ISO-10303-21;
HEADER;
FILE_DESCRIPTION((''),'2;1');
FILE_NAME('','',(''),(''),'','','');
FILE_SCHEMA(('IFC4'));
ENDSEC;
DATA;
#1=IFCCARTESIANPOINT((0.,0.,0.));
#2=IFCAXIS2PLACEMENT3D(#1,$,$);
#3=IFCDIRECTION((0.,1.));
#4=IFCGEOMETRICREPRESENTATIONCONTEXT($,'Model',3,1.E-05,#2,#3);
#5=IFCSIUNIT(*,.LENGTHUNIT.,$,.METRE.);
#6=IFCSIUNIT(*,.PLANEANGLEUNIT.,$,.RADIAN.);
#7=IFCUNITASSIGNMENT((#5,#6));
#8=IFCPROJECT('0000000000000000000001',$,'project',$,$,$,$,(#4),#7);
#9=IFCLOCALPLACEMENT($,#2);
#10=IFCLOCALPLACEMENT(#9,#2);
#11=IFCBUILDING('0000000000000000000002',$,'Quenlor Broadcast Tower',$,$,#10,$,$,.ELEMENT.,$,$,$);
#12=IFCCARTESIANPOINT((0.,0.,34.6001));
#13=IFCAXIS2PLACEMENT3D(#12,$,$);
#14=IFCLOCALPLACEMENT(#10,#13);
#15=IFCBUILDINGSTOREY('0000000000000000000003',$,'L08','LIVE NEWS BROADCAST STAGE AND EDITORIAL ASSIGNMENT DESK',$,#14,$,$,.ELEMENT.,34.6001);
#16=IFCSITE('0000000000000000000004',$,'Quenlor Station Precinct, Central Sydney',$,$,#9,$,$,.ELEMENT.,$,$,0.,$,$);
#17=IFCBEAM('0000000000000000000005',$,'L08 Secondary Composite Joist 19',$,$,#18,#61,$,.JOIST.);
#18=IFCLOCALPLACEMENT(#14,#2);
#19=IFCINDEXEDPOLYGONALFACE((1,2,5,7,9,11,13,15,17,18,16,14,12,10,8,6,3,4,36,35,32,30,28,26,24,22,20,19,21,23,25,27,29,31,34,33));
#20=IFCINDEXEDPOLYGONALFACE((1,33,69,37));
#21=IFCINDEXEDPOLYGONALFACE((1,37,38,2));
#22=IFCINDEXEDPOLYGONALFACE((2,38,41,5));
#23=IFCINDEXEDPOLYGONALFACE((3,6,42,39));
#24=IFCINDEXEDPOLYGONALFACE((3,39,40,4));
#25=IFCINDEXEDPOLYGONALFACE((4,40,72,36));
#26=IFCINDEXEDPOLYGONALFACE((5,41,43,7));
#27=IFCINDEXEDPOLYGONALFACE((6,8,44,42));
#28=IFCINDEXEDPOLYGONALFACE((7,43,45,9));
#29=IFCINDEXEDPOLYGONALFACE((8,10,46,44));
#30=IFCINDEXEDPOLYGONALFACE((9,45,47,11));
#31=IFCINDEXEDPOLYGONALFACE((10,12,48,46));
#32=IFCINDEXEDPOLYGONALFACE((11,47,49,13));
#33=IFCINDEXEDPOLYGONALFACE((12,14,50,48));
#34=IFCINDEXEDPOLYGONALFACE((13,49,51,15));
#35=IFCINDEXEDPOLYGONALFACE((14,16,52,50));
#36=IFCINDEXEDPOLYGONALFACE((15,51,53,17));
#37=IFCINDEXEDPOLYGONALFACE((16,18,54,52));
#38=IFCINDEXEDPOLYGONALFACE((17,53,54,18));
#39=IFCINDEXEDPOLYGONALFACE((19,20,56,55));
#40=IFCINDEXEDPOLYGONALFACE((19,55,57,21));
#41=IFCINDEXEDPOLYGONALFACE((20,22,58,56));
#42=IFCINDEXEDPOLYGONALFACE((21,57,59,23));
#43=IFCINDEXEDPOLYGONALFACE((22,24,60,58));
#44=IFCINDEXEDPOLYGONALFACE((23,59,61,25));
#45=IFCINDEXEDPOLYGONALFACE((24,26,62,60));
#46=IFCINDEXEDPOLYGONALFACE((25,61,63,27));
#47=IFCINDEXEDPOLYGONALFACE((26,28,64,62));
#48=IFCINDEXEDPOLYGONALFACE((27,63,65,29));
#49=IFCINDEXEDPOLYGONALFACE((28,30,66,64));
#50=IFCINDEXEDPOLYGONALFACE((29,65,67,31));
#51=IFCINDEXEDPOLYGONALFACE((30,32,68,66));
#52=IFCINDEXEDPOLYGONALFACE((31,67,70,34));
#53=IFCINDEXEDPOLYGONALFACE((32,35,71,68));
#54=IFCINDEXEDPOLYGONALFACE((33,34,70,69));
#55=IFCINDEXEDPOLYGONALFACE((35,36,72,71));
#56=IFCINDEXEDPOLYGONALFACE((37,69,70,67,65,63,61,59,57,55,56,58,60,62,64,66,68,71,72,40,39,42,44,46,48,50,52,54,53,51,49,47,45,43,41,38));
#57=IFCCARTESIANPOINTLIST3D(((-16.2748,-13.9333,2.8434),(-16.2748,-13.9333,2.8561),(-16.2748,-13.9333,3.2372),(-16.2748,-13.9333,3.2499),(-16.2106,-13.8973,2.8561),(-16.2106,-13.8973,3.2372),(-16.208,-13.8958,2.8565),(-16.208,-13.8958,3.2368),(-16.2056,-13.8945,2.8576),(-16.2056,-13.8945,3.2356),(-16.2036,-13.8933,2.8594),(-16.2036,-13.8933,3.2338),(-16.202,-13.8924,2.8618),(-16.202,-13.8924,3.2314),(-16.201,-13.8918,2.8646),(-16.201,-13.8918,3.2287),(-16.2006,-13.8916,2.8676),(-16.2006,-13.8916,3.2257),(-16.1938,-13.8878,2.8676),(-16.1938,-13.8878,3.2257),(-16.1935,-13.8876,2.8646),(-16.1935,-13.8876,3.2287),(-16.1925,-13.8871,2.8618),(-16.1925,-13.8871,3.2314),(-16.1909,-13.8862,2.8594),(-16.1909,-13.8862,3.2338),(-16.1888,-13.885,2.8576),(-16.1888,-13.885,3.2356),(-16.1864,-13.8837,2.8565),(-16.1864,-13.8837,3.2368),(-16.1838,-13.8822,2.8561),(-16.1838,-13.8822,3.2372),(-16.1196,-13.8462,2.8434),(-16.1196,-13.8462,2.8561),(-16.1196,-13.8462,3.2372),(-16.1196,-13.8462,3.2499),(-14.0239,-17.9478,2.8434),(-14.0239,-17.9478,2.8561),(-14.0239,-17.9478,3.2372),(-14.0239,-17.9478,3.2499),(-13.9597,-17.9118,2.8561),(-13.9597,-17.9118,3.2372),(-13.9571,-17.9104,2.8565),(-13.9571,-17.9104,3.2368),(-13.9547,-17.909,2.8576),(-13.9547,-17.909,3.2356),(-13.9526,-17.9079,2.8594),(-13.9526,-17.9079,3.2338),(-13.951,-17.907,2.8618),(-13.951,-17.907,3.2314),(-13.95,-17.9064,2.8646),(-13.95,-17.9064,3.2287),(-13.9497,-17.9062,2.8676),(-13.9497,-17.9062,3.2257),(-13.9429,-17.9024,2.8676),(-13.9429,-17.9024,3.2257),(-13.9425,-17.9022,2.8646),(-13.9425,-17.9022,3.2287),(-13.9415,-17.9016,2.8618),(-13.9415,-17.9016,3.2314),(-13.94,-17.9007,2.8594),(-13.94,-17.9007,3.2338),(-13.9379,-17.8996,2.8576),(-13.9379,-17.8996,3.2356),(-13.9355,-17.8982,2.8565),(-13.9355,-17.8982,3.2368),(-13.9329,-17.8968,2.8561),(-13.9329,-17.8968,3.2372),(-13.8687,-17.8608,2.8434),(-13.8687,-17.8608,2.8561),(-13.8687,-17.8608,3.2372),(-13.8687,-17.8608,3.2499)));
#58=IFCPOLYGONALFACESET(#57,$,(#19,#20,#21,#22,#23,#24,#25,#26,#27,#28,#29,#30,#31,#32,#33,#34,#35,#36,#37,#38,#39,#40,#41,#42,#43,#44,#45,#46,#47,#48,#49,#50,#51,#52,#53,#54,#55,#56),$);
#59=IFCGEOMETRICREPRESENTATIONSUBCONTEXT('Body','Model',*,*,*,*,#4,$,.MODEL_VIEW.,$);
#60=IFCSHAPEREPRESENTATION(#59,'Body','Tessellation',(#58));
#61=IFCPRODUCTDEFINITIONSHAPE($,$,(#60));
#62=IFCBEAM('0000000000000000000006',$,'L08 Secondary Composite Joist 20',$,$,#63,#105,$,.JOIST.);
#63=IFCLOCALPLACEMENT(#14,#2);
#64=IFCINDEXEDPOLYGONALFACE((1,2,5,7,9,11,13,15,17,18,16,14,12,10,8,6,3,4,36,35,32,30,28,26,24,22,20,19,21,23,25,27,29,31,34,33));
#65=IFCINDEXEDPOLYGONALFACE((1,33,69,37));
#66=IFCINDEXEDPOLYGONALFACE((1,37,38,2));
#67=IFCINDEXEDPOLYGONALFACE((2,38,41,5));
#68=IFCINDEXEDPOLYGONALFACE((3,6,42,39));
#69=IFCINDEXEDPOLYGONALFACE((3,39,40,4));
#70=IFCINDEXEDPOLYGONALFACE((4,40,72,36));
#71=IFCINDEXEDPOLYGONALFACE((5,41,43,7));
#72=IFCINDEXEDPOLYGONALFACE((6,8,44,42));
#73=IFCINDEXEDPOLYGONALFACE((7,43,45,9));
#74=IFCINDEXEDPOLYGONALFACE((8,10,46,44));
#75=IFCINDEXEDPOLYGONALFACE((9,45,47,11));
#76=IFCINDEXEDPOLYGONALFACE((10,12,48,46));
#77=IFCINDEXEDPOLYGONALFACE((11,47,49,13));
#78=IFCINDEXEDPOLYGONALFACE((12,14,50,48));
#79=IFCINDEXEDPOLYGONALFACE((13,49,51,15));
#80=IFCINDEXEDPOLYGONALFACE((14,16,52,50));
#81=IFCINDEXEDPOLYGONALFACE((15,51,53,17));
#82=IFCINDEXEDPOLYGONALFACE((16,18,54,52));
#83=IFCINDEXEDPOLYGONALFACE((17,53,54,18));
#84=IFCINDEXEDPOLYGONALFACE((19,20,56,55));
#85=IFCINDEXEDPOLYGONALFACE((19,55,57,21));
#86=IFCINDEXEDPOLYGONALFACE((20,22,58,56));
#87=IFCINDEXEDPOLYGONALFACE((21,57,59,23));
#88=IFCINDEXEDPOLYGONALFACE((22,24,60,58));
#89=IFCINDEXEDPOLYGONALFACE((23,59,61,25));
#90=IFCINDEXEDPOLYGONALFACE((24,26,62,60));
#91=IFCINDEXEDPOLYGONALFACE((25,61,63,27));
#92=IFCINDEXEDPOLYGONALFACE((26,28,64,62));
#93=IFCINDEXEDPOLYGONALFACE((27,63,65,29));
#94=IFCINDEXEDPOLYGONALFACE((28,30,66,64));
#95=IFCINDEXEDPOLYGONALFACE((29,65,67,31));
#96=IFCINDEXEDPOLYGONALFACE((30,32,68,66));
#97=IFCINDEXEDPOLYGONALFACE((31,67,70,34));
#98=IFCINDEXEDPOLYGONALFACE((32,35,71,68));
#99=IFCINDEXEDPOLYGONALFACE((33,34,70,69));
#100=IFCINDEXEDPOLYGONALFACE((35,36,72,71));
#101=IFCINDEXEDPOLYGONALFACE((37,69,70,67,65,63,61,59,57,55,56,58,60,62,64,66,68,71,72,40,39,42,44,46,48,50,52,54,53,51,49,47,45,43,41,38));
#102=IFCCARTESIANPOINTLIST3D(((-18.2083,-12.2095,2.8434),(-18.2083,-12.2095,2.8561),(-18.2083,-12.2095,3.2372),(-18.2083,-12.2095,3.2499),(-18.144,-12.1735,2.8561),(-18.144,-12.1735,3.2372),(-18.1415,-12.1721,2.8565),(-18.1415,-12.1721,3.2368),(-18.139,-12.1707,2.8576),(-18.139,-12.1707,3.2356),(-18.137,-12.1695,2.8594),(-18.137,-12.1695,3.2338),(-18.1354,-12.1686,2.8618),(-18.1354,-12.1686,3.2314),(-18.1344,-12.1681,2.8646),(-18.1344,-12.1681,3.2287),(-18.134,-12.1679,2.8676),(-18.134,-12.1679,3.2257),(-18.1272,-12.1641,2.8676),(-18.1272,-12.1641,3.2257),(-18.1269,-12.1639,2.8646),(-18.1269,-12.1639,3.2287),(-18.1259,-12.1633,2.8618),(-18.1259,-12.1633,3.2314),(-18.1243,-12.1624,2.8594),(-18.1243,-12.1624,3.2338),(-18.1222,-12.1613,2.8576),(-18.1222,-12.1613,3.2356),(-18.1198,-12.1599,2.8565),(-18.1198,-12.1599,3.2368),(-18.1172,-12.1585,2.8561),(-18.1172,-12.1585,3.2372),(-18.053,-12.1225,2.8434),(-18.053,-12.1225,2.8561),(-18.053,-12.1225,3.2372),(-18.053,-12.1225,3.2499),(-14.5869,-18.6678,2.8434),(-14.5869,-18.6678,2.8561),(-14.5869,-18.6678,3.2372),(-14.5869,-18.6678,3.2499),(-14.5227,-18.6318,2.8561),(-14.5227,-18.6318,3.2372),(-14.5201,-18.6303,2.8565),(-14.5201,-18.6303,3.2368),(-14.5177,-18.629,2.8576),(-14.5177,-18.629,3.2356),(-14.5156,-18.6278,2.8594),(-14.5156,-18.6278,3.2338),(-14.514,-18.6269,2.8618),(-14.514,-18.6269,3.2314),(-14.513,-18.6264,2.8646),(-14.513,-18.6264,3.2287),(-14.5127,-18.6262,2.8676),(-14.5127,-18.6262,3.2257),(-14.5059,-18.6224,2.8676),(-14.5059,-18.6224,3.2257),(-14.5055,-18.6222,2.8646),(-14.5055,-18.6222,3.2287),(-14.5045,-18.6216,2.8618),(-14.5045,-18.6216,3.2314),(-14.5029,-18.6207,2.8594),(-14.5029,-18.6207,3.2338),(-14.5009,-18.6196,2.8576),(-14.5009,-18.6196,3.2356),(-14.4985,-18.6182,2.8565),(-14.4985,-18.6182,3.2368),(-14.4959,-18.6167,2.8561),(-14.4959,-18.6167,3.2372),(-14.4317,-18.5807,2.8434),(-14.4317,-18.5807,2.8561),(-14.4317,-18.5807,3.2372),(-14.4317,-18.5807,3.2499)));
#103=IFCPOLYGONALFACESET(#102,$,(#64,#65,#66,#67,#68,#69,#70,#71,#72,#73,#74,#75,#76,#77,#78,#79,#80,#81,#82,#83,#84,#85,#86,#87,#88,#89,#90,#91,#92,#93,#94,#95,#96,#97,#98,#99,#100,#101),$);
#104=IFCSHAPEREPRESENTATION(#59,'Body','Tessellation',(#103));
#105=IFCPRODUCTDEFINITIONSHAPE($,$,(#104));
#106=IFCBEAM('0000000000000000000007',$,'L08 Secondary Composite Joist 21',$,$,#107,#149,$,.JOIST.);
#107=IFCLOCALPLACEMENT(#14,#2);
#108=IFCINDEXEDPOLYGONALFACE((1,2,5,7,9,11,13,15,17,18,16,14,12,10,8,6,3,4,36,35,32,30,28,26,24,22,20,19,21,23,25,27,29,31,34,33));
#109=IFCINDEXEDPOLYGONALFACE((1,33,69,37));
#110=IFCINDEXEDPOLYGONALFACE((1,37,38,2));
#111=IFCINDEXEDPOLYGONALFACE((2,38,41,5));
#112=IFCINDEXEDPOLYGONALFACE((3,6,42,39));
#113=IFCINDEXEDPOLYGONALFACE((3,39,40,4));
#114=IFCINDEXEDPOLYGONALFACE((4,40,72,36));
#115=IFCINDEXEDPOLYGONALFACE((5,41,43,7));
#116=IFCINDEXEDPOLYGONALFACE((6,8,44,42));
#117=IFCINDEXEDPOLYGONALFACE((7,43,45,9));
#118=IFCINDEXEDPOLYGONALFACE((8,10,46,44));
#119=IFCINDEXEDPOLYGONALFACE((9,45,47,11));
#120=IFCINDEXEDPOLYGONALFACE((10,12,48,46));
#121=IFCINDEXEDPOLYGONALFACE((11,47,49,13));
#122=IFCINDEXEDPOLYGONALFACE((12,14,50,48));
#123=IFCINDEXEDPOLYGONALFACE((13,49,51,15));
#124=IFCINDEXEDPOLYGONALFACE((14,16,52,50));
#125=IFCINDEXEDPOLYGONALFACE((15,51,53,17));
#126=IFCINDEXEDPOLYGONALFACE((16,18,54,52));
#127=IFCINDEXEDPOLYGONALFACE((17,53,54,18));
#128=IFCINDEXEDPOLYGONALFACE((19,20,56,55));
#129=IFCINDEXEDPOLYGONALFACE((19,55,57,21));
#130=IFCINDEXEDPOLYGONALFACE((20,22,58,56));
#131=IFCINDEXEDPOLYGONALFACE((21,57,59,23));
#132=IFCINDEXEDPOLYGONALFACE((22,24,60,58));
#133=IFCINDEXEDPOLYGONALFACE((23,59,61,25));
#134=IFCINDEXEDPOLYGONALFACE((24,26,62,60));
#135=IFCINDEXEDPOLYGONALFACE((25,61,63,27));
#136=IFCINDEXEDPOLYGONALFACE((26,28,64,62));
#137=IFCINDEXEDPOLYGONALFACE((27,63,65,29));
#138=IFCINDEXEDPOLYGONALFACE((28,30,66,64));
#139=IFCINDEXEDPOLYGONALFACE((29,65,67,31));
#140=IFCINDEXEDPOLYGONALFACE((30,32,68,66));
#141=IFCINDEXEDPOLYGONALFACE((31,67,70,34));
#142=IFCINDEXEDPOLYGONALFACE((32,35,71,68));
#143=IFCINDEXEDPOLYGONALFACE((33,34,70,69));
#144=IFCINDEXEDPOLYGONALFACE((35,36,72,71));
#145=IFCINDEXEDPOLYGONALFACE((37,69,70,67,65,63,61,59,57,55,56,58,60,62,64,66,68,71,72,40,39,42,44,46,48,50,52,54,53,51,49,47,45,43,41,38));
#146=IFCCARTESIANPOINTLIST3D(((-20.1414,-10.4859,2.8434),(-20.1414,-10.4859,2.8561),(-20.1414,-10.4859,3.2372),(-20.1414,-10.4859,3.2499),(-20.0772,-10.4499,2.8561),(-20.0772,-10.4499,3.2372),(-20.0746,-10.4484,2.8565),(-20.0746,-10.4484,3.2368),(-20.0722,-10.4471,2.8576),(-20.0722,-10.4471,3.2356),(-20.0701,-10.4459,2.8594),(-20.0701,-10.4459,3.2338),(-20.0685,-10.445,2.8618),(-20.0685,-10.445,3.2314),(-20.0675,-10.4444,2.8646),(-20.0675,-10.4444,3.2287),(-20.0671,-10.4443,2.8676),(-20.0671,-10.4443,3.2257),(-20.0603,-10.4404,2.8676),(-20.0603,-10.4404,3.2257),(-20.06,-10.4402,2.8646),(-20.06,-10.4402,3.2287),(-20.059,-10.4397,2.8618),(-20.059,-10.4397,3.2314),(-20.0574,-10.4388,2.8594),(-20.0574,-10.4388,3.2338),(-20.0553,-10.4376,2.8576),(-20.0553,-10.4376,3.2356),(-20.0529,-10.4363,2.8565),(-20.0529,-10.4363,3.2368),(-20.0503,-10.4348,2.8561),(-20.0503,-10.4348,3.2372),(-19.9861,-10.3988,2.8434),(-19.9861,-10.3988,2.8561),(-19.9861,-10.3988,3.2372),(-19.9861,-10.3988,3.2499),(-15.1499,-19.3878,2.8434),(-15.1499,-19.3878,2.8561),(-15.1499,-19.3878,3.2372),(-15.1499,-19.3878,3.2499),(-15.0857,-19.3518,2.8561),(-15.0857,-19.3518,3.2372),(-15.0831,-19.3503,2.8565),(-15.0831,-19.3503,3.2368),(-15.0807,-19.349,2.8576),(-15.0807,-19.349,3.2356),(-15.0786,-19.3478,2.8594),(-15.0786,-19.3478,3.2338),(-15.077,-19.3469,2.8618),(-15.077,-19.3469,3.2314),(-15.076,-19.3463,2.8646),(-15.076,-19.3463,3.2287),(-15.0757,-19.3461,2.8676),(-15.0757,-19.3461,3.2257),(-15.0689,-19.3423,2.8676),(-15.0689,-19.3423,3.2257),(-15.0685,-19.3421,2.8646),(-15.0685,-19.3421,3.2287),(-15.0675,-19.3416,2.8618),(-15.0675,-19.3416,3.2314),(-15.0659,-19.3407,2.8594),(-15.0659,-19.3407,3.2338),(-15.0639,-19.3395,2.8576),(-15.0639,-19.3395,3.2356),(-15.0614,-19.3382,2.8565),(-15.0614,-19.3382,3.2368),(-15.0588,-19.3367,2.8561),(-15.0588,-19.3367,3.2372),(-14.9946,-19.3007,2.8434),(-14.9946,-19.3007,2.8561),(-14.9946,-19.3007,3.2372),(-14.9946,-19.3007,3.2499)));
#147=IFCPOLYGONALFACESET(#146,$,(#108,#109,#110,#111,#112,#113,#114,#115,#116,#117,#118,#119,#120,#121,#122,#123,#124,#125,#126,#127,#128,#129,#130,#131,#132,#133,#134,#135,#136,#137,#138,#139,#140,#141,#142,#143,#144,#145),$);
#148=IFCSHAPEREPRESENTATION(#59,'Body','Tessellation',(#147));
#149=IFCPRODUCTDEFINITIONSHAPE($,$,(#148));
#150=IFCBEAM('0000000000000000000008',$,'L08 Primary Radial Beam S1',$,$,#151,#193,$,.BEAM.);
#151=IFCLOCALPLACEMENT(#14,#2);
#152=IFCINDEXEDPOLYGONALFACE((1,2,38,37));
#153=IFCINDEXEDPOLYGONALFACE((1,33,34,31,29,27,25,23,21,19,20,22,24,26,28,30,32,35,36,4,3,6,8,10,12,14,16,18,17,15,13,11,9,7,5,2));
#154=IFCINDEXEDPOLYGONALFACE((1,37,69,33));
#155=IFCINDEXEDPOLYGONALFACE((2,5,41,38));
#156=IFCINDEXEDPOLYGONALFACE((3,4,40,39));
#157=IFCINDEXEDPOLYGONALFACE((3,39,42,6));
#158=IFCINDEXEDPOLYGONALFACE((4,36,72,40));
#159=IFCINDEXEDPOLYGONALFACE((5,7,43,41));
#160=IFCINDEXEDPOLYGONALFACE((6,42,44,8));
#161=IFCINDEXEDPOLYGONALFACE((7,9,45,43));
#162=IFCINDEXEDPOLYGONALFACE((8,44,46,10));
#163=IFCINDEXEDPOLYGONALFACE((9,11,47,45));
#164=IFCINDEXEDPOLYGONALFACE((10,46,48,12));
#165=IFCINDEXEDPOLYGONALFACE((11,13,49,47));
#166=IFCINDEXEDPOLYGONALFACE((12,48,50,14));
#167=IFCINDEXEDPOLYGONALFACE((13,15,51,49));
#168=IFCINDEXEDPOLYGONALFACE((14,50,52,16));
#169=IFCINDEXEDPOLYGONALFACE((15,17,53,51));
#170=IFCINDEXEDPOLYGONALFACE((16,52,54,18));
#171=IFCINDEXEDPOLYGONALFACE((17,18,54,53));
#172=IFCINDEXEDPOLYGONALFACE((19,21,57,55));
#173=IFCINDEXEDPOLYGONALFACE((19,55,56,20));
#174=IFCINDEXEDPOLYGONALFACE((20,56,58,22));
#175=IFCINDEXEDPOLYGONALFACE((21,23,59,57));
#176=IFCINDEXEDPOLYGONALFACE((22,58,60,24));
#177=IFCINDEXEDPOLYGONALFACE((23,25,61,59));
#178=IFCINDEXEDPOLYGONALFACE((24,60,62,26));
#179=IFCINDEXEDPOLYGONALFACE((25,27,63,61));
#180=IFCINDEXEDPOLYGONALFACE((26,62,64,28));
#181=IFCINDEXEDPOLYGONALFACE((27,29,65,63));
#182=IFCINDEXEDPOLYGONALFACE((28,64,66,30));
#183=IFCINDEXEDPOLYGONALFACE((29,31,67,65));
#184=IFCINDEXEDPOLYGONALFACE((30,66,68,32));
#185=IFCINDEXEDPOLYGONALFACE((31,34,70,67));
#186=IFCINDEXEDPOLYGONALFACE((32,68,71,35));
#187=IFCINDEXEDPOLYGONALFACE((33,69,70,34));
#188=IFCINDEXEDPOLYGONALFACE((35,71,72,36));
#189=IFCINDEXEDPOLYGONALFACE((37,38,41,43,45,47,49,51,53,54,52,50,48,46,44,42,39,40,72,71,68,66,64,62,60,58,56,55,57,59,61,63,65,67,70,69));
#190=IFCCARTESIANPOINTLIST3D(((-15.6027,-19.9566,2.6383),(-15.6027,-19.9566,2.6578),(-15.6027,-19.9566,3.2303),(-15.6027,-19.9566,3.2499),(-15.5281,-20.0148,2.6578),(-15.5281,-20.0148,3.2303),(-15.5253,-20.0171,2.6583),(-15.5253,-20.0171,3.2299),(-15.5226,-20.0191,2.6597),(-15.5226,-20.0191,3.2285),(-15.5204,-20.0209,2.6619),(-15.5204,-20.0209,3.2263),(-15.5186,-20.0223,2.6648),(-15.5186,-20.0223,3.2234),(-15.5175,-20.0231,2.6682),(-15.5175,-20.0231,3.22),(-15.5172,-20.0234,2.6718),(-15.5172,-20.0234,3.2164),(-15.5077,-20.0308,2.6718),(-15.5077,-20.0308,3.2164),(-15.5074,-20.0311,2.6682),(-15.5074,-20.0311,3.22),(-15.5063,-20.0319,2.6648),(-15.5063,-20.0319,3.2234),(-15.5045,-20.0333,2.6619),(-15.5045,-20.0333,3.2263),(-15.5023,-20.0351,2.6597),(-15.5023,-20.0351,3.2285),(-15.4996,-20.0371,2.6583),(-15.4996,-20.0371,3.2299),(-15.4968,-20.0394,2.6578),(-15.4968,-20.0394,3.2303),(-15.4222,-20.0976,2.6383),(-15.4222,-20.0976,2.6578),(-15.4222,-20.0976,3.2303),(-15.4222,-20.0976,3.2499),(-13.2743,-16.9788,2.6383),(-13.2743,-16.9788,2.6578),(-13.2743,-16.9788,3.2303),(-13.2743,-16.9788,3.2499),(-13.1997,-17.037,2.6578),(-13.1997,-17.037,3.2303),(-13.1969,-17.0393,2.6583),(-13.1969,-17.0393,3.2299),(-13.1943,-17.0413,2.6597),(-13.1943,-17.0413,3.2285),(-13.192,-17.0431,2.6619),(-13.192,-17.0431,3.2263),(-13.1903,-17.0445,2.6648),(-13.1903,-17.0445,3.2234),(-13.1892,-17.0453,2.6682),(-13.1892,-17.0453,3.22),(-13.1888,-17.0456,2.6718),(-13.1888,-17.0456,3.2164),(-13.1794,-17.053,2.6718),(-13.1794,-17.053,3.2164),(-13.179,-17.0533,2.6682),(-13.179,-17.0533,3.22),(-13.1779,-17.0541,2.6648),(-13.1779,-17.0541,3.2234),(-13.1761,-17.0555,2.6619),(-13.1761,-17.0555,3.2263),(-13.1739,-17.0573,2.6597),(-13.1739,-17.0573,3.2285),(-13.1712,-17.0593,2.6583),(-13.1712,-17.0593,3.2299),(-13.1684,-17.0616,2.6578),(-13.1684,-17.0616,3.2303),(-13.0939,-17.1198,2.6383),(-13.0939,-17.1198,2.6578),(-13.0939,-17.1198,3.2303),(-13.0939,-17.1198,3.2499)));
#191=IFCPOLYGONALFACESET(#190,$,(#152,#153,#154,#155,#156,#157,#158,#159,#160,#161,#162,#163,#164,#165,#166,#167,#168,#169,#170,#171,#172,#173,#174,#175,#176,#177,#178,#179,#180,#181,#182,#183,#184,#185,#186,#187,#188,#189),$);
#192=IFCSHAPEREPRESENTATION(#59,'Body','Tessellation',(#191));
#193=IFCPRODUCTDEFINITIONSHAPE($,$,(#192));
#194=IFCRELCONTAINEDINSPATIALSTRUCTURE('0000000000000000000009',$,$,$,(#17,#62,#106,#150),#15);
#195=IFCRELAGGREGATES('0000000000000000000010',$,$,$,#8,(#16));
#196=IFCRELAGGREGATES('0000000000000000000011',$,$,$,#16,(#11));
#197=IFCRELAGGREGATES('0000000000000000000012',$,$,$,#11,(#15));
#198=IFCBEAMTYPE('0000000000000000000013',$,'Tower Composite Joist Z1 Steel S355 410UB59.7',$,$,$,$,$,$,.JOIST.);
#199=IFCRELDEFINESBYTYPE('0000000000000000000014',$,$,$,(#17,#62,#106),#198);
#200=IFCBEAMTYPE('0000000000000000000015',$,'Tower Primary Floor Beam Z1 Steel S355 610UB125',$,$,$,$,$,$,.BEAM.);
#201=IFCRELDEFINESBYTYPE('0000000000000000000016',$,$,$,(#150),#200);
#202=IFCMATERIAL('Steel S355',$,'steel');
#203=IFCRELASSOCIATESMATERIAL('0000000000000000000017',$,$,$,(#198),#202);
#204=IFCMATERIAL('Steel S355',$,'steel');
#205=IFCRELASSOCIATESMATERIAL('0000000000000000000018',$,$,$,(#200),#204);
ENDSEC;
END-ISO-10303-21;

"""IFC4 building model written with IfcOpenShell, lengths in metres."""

from ifc_helpers import new_model, si_unit, direction, frame, origin, origin_2d, place, context, subcontext, project, spatial, i_section, extrude, material, material_profile, profile_set, type_object, element, save


model = new_model("IFC4")

# Units and contexts
model_context = context("Model", 3, precision=1e-05, world=origin(), true_north=direction((0.0, 1.0)))
body_context = subcontext(model_context, "Body", "Model", "MODEL_VIEW")
ifc_project = project(units=[si_unit("LENGTHUNIT", "METRE"), si_unit("PLANEANGLEUNIT", "RADIAN")], contexts=[model_context])

# Site, building, storey
site_placement = place(None, origin())
site = spatial("IfcSite", under=ifc_project, at=site_placement, Name="Quenlor Station Precinct, Central Sydney", CompositionType="ELEMENT", RefElevation=0.0)
building_placement = place(site_placement, origin())
building = spatial("IfcBuilding", under=site, at=building_placement, Name="Quenlor Broadcast Tower", CompositionType="ELEMENT")
storey_placement = place(building_placement, frame((0.0, 0.0, 34.6001)))
storey = spatial("IfcBuildingStorey", under=building, at=storey_placement, Name="L08", Description="LIVE NEWS BROADCAST STAGE AND EDITORIAL ASSIGNMENT DESK", CompositionType="ELEMENT", Elevation=34.6001)

# Beams
ifc_material_1 = material(Name="Steel S355", Category="steel")
ifc_material_profile_1 = material_profile(ifc_material_1, i_section(OverallWidth=0.178, OverallDepth=0.4065, WebThickness=0.0078, FlangeThickness=0.0127, FilletRadius=0.0115, at=origin_2d()))
ifc_profile_set_1 = profile_set([ifc_material_profile_1], Name="Steel S355 410UB59.7")
beam_type_1 = type_object("IfcBeamType", Name="Tower Composite Joist Z1 Steel S355 410UB59.7", PredefinedType="JOIST", material=ifc_profile_set_1)
beam_1_placement = place(storey_placement, frame((-13.9463, -17.9043, 3.0466), z_axis=(-0.489062, 0.872249, 0.0), x_axis=(-0.872249, -0.489062, 0.0)))
element("IfcBeam", 1, at=beam_1_placement, inside=storey, type_object=beam_type_1, Name="L08 Secondary Composite Joist 19", PredefinedType="JOIST", context=body_context, shape_type="SweptSolid", body=[
    extrude(i_section(OverallWidth=0.178, OverallDepth=0.4065, WebThickness=0.0078, FlangeThickness=0.0127, FilletRadius=0.0115, at=origin_2d()), origin(), (0.0, 0.0, 1.0), 4.6025),
])
beam_2_placement = place(storey_placement, frame((-14.5093, -18.6243, 3.0466), z_axis=(-0.489088, 0.872234, 0.0), x_axis=(-0.872234, -0.489088, 0.0)))
element("IfcBeam", 2, at=beam_2_placement, inside=storey, type_object=beam_type_1, Name="L08 Secondary Composite Joist 20", PredefinedType="JOIST", context=body_context, shape_type="SweptSolid", body=[
    extrude(i_section(OverallWidth=0.178, OverallDepth=0.4065, WebThickness=0.0078, FlangeThickness=0.0127, FilletRadius=0.0115, at=origin_2d()), origin(), (0.0, 0.0, 1.0), 7.4043),
])
beam_3_placement = place(storey_placement, frame((-15.0723, -19.3442, 3.0466), z_axis=(-0.489082, 0.872238, 0.0), x_axis=(-0.872238, -0.489082, 0.0)))
element("IfcBeam", 3, at=beam_3_placement, inside=storey, type_object=beam_type_1, Name="L08 Secondary Composite Joist 21", PredefinedType="JOIST", context=body_context, shape_type="SweptSolid", body=[
    extrude(i_section(OverallWidth=0.178, OverallDepth=0.4065, WebThickness=0.0078, FlangeThickness=0.0127, FilletRadius=0.0115, at=origin_2d()), origin(), (0.0, 0.0, 1.0), 10.2058),
])
ifc_material_2 = material(Name="Steel S355", Category="steel")
ifc_material_profile_2 = material_profile(ifc_material_2, i_section(OverallWidth=0.229, OverallDepth=0.6116, WebThickness=0.012, FlangeThickness=0.0195, FilletRadius=0.0139, at=origin_2d()))
ifc_profile_set_2 = profile_set([ifc_material_profile_2], Name="Steel S355 610UB125")
beam_type_2 = type_object("IfcBeamType", Name="Tower Primary Floor Beam Z1 Steel S355 610UB125", PredefinedType="BEAM", material=ifc_profile_set_2)
beam_4_placement = place(storey_placement, frame((-15.5125, -20.0271, 2.9441), z_axis=(0.615969, 0.787771, 0.0), x_axis=(-0.787771, 0.615969, 0.0)))
element("IfcBeam", 4, at=beam_4_placement, inside=storey, type_object=beam_type_2, Name="L08 Primary Radial Beam S1", PredefinedType="BEAM", context=body_context, shape_type="SweptSolid", body=[
    extrude(i_section(OverallWidth=0.229, OverallDepth=0.6116, WebThickness=0.012, FlangeThickness=0.0195, FilletRadius=0.0139, at=origin_2d()), origin(), (0.0, 0.0, 1.0), 3.78),
])

save(model, "model.ifc")
